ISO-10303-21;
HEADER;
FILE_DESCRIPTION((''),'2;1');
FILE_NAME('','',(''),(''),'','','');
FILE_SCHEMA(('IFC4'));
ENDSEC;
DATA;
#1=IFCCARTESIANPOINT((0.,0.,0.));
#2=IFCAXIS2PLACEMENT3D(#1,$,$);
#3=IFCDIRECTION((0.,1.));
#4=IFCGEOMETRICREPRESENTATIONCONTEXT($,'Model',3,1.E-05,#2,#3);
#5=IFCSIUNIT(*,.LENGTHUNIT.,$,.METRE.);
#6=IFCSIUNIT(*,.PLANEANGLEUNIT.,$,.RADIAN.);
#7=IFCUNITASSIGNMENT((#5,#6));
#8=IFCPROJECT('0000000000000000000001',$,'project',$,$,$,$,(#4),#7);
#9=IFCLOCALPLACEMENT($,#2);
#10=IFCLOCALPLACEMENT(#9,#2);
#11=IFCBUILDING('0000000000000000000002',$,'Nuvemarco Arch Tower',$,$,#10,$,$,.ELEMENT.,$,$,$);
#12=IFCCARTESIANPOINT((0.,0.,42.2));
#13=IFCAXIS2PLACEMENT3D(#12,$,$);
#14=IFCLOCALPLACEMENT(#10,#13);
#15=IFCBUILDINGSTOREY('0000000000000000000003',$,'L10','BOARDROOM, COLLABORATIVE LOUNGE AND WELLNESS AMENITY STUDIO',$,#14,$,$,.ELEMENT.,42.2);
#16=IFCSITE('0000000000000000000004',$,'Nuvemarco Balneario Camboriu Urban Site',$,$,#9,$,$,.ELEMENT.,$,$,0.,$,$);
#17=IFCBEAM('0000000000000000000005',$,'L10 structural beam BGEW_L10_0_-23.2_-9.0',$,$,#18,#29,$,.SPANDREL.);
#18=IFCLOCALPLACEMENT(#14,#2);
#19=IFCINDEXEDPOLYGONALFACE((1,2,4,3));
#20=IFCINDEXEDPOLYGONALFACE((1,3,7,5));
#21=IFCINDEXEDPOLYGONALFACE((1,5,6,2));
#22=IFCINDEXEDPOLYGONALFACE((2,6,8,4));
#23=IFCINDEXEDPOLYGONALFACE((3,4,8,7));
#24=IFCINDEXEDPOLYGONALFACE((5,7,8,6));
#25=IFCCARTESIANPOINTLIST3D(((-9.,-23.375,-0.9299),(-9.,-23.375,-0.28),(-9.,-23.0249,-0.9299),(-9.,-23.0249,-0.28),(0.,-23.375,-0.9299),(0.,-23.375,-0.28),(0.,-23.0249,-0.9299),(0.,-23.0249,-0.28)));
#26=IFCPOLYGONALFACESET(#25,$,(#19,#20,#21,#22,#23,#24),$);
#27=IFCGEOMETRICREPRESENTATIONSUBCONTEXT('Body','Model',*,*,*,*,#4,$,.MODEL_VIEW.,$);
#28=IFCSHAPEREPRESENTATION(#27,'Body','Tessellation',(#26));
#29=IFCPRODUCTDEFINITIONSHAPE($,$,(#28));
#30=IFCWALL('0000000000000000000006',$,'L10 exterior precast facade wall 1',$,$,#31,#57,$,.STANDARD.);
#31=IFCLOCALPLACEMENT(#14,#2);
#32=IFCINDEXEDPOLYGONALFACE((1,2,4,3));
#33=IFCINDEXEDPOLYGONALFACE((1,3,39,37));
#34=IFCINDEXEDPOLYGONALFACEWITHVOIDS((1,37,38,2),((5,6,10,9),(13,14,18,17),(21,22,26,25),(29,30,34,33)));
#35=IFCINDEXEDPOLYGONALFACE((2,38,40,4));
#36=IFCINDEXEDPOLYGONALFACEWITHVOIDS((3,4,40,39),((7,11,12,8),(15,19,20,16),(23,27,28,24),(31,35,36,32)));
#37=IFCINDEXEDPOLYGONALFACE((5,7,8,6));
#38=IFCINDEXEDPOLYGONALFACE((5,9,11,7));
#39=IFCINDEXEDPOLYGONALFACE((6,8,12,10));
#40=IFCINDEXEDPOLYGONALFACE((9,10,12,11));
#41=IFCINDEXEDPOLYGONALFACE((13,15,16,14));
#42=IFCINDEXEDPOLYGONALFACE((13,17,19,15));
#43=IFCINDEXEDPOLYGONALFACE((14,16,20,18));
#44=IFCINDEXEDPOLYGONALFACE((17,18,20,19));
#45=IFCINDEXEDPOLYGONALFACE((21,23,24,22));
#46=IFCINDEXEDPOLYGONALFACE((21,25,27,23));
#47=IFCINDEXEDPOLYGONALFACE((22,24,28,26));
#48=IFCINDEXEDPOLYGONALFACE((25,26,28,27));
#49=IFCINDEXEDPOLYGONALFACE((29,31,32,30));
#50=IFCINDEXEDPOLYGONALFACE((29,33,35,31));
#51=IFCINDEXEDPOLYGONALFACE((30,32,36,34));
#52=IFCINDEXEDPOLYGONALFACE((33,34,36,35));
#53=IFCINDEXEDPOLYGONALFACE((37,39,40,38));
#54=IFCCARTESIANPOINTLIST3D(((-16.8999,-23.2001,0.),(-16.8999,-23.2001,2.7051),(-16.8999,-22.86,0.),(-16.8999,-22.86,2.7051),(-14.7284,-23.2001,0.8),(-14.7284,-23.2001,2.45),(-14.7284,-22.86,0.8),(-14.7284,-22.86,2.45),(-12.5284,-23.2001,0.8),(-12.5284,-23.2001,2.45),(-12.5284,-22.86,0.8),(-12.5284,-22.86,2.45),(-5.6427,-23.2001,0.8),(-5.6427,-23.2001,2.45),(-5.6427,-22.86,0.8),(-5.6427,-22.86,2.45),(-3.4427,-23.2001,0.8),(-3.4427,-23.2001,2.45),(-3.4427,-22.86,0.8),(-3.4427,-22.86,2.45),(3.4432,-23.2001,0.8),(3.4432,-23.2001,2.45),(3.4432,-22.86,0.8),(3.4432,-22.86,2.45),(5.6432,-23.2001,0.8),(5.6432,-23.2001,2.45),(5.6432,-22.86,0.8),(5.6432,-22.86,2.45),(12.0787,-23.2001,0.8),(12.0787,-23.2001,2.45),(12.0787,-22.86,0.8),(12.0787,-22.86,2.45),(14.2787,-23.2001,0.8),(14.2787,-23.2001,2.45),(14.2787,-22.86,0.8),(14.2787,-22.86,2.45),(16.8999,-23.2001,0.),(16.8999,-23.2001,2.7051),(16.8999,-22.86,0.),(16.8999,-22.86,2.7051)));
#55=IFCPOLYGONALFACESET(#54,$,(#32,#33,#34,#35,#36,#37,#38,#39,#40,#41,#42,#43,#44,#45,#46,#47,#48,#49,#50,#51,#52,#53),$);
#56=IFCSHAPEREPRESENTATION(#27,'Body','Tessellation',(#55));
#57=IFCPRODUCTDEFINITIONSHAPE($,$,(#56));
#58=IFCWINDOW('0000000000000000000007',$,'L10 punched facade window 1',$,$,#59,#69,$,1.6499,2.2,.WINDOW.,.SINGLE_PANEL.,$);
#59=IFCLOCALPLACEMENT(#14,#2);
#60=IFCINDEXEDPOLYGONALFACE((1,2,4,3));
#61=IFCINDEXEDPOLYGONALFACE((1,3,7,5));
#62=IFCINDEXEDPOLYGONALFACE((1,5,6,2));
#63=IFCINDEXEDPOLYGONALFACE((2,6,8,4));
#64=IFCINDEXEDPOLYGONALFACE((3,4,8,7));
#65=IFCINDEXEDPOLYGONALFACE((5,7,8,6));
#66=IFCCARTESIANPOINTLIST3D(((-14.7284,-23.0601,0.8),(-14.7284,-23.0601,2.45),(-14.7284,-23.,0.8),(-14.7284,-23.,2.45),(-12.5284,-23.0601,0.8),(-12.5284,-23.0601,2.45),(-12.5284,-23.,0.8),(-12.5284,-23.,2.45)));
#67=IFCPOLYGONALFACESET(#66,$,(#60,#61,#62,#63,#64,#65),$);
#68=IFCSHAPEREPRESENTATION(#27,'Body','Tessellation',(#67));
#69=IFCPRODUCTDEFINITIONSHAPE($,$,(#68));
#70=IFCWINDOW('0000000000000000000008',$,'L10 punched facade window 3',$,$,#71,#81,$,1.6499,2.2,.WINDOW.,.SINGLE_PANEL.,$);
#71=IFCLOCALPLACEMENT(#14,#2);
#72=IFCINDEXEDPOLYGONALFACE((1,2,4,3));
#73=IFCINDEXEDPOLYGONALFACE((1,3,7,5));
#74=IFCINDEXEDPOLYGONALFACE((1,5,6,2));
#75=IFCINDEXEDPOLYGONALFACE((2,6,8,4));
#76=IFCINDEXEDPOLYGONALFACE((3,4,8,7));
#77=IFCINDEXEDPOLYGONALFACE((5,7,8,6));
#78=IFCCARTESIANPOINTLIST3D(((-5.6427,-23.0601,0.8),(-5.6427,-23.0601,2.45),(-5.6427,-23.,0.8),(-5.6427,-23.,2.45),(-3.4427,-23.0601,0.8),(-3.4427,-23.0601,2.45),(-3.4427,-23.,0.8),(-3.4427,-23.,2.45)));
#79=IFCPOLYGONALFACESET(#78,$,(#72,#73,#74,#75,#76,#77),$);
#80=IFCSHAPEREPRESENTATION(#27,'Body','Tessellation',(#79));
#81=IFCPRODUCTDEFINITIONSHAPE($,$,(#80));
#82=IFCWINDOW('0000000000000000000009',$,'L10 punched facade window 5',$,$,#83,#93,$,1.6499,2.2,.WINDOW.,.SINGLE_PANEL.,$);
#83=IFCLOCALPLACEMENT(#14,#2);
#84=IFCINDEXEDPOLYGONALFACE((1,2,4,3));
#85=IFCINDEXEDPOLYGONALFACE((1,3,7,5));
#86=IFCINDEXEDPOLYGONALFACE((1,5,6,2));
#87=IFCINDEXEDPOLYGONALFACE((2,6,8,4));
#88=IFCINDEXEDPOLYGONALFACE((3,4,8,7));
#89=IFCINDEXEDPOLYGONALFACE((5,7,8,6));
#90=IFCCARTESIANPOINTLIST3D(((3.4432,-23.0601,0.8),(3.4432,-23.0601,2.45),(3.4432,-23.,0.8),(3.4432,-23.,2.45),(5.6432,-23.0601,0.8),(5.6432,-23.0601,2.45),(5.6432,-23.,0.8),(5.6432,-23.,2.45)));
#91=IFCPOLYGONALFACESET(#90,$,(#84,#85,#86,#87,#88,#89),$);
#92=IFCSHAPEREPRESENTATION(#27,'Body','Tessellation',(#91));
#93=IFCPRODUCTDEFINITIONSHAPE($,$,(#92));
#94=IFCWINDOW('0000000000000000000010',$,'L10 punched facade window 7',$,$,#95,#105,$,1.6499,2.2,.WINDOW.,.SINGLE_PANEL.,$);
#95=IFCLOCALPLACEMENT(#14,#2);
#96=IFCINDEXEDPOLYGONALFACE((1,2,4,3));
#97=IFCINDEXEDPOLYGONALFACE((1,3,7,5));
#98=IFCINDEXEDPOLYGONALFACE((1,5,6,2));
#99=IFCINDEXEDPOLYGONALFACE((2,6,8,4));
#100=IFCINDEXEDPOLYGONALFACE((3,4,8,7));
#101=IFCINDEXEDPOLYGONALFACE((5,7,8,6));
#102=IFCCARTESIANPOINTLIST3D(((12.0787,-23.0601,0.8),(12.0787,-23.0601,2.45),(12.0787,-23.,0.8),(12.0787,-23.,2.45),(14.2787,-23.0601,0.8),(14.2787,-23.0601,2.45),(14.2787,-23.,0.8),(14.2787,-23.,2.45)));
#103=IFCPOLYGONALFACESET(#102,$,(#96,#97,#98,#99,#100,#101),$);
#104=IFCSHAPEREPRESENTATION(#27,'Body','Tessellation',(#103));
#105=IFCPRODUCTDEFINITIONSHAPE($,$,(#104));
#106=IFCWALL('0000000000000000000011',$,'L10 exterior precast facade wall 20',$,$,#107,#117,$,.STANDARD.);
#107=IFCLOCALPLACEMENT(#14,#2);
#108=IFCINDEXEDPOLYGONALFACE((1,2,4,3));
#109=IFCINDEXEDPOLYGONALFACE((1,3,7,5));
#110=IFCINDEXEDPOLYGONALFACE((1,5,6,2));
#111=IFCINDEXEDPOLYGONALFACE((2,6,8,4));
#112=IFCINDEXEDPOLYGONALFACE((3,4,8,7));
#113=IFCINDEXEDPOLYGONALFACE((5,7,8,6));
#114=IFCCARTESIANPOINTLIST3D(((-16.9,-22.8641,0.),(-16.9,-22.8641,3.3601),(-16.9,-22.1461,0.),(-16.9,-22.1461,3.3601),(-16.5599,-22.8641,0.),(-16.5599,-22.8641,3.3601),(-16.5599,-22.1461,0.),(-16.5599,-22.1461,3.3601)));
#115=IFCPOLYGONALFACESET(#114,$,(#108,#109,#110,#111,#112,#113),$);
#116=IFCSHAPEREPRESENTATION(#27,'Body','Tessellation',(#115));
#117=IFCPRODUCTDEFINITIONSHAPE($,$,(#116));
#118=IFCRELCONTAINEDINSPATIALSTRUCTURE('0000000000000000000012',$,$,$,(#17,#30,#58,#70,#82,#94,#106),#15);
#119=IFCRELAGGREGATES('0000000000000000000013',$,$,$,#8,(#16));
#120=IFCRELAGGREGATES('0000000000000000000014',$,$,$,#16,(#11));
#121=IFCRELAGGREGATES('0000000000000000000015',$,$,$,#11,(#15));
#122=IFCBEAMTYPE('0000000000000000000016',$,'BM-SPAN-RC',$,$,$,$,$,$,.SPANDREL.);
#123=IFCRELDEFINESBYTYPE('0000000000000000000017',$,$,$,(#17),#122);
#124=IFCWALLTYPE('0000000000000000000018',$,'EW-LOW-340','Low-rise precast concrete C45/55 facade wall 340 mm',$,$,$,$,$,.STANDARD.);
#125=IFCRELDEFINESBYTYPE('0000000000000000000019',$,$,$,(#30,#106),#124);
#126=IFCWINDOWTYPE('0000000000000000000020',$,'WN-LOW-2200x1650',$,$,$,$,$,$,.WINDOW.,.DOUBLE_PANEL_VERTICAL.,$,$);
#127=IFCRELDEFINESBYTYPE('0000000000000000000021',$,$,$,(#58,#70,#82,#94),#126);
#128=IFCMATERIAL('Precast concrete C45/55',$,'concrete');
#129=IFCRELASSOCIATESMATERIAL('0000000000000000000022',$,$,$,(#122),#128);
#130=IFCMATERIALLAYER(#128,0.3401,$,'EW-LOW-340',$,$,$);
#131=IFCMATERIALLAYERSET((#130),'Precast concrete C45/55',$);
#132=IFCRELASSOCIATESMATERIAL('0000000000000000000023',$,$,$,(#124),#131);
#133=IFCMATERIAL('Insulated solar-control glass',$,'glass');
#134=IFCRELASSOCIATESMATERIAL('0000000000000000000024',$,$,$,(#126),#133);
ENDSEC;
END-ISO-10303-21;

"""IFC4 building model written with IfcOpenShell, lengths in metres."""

from ifc_helpers import new_model, si_unit, direction, frame, frame_2d, origin, origin_2d, place, context, subcontext, project, spatial, rectangle, extrude, source, transform, mapped, material, layer, layer_set, material_profile, profile_set, type_object, type_shapes, element, fill, save


model = new_model("IFC4")

# Units and contexts
model_context = context("Model", 3, precision=1e-05, world=origin(), true_north=direction((0.0, 1.0)))
body_context = subcontext(model_context, "Body", "Model", "MODEL_VIEW")
ifc_project = project(units=[si_unit("LENGTHUNIT", "METRE"), si_unit("PLANEANGLEUNIT", "RADIAN")], contexts=[model_context])

# Site, building, storey
site_placement = place(None, origin())
site = spatial("IfcSite", under=ifc_project, at=site_placement, Name="Nuvemarco Balneario Camboriu Urban Site", CompositionType="ELEMENT", RefElevation=0.0)
building_placement = place(site_placement, origin())
building = spatial("IfcBuilding", under=site, at=building_placement, Name="Nuvemarco Arch Tower", CompositionType="ELEMENT")
storey_placement = place(building_placement, frame((0.0, 0.0, 42.2)))
storey = spatial("IfcBuildingStorey", under=building, at=storey_placement, Name="L10", Description="BOARDROOM, COLLABORATIVE LOUNGE AND WELLNESS AMENITY STUDIO", CompositionType="ELEMENT", Elevation=42.2)

# Beam
ifc_material_1 = material(Name="Precast concrete C45/55", Category="concrete")
ifc_material_profile_1 = material_profile(ifc_material_1, rectangle(XDim=0.3501, YDim=0.6499, at=origin_2d()), Name="PC-SP-350x650")
ifc_profile_set_1 = profile_set([ifc_material_profile_1], Name="Precast concrete C45/55")
beam_type_1 = type_object("IfcBeamType", Name="BM-SPAN-RC", PredefinedType="SPANDREL", material=ifc_profile_set_1)
beam_1_placement = place(storey_placement, frame((-9.0, -23.2, -0.605), z_axis=(1.0, 0.0, 0.0), x_axis=(0.0, 1.0, 0.0)))
element("IfcBeam", 1, at=beam_1_placement, inside=storey, type_object=beam_type_1, Name="L10 structural beam BGEW_L10_0_-23.2_-9.0", PredefinedType="SPANDREL", context=body_context, shape_type="SweptSolid", body=[
    extrude(rectangle(XDim=0.3501, YDim=0.6499, at=origin_2d()), origin(), (0.0, 0.0, 1.0), 9.0),
])

# Wall, openings, windows
ifc_layer_1 = layer(ifc_material_1, 0.3401, Name="EW-LOW-340")
ifc_layer_set_1 = layer_set([ifc_layer_1], Name="Precast concrete C45/55")
wall_type_1 = type_object("IfcWallType", Name="EW-LOW-340", Description="Low-rise precast concrete C45/55 facade wall 340 mm", PredefinedType="STANDARD", material=ifc_layer_set_1)
wall_1_placement = place(storey_placement, frame((-16.8999, -23.03, 0.0), z_axis=(0.0, 0.0, 1.0), x_axis=(1.0, 0.0, 0.0)))
wall_1 = element("IfcWall", 2, at=wall_1_placement, inside=storey, type_object=wall_type_1, Name="L10 exterior precast facade wall 1", PredefinedType="STANDARD", context=body_context, shape_type="SweptSolid", body=[
    extrude(rectangle(XDim=33.7998, YDim=0.3401, at=frame_2d((16.8999, 0.0))), origin(), (0.0, 0.0, 1.0), 2.7051),
])
opening_1_placement = place(wall_1_placement, frame((2.1714, 0.0, 0.8)))
opening_1 = element("IfcOpeningElement", 3, at=opening_1_placement, cuts=wall_1, PredefinedType="OPENING", context=body_context, shape_type="SweptSolid", body=[
    extrude(rectangle(XDim=2.2, YDim=1.6499, at=frame_2d((1.1001, 0.825))), frame((0.0, 0.1799, 0.0), z_axis=(0.0, -1.0, 0.0), x_axis=(1.0, 0.0, 0.0)), (0.0, 0.0, 1.0), 0.3601),
])
opening_2_placement = place(wall_1_placement, frame((11.2571, 0.0, 0.8)))
opening_2 = element("IfcOpeningElement", 4, at=opening_2_placement, cuts=wall_1, PredefinedType="OPENING", context=body_context, shape_type="SweptSolid", body=[
    extrude(rectangle(XDim=2.2, YDim=1.6499, at=frame_2d((1.1001, 0.825))), frame((0.0, 0.1799, 0.0), z_axis=(0.0, -1.0, 0.0), x_axis=(1.0, 0.0, 0.0)), (0.0, 0.0, 1.0), 0.3601),
])
opening_3_placement = place(wall_1_placement, frame((20.343, 0.0, 0.8)))
opening_3 = element("IfcOpeningElement", 5, at=opening_3_placement, cuts=wall_1, PredefinedType="OPENING", context=body_context, shape_type="SweptSolid", body=[
    extrude(rectangle(XDim=2.2, YDim=1.6499, at=frame_2d((1.1001, 0.825))), frame((0.0, 0.1799, 0.0), z_axis=(0.0, -1.0, 0.0), x_axis=(1.0, 0.0, 0.0)), (0.0, 0.0, 1.0), 0.3601),
])
opening_4_placement = place(wall_1_placement, frame((28.9785, 0.0, 0.8)))
opening_4 = element("IfcOpeningElement", 6, at=opening_4_placement, cuts=wall_1, PredefinedType="OPENING", context=body_context, shape_type="SweptSolid", body=[
    extrude(rectangle(XDim=2.2, YDim=1.6499, at=frame_2d((1.1001, 0.825))), frame((0.0, 0.1799, 0.0), z_axis=(0.0, -1.0, 0.0), x_axis=(1.0, 0.0, 0.0)), (0.0, 0.0, 1.0), 0.3601),
])
ifc_material_2 = material(Name="Insulated solar-control glass", Category="glass")
window_type = type_object("IfcWindowType", Name="WN-LOW-2200x1650", PartitioningType="DOUBLE_PANEL_VERTICAL", PredefinedType="WINDOW", material=ifc_material_2)
shared_shape_1 = source(origin(), body_context, "Body", "SweptSolid", [
    extrude(rectangle(XDim=2.2, YDim=1.6499, at=frame_2d((1.1001, 0.825))), frame((0.0, 0.03, 0.0), z_axis=(0.0, -1.0, 0.0), x_axis=(1.0, 0.0, 0.0)), (0.0, 0.0, 1.0), 0.0601),
])
type_shapes(window_type, [shared_shape_1])
window_1_placement = place(opening_1_placement, origin())
window_1 = element("IfcWindow", 7, at=window_1_placement, inside=storey, type_object=window_type, Name="L10 punched facade window 1", OverallHeight=1.6499, OverallWidth=2.2, PartitioningType="SINGLE_PANEL", PredefinedType="WINDOW", context=body_context, shape_type="MappedRepresentation", body=[
    mapped(shared_shape_1, transform((0.0, 0.0, 0.0), scale=1.0)),
])
fill(opening_1, window_1)
window_2_placement = place(opening_2_placement, origin())
window_2 = element("IfcWindow", 8, at=window_2_placement, inside=storey, type_object=window_type, Name="L10 punched facade window 3", OverallHeight=1.6499, OverallWidth=2.2, PartitioningType="SINGLE_PANEL", PredefinedType="WINDOW", context=body_context, shape_type="MappedRepresentation", body=[
    mapped(shared_shape_1, transform((0.0, 0.0, 0.0), scale=1.0)),
])
fill(opening_2, window_2)
window_3_placement = place(opening_3_placement, origin())
window_3 = element("IfcWindow", 9, at=window_3_placement, inside=storey, type_object=window_type, Name="L10 punched facade window 5", OverallHeight=1.6499, OverallWidth=2.2, PartitioningType="SINGLE_PANEL", PredefinedType="WINDOW", context=body_context, shape_type="MappedRepresentation", body=[
    mapped(shared_shape_1, transform((0.0, 0.0, 0.0), scale=1.0)),
])
fill(opening_3, window_3)
window_4_placement = place(opening_4_placement, origin())
window_4 = element("IfcWindow", 10, at=window_4_placement, inside=storey, type_object=window_type, Name="L10 punched facade window 7", OverallHeight=1.6499, OverallWidth=2.2, PartitioningType="SINGLE_PANEL", PredefinedType="WINDOW", context=body_context, shape_type="MappedRepresentation", body=[
    mapped(shared_shape_1, transform((0.0, 0.0, 0.0), scale=1.0)),
])
fill(opening_4, window_4)

# Wall
wall_2_placement = place(storey_placement, frame((-16.73, -22.864, 0.0), z_axis=(0.0, 0.0, 1.0), x_axis=(0.0, 1.0, 0.0)))
element("IfcWall", 11, at=wall_2_placement, inside=storey, type_object=wall_type_1, Name="L10 exterior precast facade wall 20", PredefinedType="STANDARD", context=body_context, shape_type="SweptSolid", body=[
    extrude(rectangle(XDim=0.718, YDim=0.3401, at=frame_2d((0.3589, 0.0))), origin(), (0.0, 0.0, 1.0), 3.3601),
])

save(model, "model.ifc")
